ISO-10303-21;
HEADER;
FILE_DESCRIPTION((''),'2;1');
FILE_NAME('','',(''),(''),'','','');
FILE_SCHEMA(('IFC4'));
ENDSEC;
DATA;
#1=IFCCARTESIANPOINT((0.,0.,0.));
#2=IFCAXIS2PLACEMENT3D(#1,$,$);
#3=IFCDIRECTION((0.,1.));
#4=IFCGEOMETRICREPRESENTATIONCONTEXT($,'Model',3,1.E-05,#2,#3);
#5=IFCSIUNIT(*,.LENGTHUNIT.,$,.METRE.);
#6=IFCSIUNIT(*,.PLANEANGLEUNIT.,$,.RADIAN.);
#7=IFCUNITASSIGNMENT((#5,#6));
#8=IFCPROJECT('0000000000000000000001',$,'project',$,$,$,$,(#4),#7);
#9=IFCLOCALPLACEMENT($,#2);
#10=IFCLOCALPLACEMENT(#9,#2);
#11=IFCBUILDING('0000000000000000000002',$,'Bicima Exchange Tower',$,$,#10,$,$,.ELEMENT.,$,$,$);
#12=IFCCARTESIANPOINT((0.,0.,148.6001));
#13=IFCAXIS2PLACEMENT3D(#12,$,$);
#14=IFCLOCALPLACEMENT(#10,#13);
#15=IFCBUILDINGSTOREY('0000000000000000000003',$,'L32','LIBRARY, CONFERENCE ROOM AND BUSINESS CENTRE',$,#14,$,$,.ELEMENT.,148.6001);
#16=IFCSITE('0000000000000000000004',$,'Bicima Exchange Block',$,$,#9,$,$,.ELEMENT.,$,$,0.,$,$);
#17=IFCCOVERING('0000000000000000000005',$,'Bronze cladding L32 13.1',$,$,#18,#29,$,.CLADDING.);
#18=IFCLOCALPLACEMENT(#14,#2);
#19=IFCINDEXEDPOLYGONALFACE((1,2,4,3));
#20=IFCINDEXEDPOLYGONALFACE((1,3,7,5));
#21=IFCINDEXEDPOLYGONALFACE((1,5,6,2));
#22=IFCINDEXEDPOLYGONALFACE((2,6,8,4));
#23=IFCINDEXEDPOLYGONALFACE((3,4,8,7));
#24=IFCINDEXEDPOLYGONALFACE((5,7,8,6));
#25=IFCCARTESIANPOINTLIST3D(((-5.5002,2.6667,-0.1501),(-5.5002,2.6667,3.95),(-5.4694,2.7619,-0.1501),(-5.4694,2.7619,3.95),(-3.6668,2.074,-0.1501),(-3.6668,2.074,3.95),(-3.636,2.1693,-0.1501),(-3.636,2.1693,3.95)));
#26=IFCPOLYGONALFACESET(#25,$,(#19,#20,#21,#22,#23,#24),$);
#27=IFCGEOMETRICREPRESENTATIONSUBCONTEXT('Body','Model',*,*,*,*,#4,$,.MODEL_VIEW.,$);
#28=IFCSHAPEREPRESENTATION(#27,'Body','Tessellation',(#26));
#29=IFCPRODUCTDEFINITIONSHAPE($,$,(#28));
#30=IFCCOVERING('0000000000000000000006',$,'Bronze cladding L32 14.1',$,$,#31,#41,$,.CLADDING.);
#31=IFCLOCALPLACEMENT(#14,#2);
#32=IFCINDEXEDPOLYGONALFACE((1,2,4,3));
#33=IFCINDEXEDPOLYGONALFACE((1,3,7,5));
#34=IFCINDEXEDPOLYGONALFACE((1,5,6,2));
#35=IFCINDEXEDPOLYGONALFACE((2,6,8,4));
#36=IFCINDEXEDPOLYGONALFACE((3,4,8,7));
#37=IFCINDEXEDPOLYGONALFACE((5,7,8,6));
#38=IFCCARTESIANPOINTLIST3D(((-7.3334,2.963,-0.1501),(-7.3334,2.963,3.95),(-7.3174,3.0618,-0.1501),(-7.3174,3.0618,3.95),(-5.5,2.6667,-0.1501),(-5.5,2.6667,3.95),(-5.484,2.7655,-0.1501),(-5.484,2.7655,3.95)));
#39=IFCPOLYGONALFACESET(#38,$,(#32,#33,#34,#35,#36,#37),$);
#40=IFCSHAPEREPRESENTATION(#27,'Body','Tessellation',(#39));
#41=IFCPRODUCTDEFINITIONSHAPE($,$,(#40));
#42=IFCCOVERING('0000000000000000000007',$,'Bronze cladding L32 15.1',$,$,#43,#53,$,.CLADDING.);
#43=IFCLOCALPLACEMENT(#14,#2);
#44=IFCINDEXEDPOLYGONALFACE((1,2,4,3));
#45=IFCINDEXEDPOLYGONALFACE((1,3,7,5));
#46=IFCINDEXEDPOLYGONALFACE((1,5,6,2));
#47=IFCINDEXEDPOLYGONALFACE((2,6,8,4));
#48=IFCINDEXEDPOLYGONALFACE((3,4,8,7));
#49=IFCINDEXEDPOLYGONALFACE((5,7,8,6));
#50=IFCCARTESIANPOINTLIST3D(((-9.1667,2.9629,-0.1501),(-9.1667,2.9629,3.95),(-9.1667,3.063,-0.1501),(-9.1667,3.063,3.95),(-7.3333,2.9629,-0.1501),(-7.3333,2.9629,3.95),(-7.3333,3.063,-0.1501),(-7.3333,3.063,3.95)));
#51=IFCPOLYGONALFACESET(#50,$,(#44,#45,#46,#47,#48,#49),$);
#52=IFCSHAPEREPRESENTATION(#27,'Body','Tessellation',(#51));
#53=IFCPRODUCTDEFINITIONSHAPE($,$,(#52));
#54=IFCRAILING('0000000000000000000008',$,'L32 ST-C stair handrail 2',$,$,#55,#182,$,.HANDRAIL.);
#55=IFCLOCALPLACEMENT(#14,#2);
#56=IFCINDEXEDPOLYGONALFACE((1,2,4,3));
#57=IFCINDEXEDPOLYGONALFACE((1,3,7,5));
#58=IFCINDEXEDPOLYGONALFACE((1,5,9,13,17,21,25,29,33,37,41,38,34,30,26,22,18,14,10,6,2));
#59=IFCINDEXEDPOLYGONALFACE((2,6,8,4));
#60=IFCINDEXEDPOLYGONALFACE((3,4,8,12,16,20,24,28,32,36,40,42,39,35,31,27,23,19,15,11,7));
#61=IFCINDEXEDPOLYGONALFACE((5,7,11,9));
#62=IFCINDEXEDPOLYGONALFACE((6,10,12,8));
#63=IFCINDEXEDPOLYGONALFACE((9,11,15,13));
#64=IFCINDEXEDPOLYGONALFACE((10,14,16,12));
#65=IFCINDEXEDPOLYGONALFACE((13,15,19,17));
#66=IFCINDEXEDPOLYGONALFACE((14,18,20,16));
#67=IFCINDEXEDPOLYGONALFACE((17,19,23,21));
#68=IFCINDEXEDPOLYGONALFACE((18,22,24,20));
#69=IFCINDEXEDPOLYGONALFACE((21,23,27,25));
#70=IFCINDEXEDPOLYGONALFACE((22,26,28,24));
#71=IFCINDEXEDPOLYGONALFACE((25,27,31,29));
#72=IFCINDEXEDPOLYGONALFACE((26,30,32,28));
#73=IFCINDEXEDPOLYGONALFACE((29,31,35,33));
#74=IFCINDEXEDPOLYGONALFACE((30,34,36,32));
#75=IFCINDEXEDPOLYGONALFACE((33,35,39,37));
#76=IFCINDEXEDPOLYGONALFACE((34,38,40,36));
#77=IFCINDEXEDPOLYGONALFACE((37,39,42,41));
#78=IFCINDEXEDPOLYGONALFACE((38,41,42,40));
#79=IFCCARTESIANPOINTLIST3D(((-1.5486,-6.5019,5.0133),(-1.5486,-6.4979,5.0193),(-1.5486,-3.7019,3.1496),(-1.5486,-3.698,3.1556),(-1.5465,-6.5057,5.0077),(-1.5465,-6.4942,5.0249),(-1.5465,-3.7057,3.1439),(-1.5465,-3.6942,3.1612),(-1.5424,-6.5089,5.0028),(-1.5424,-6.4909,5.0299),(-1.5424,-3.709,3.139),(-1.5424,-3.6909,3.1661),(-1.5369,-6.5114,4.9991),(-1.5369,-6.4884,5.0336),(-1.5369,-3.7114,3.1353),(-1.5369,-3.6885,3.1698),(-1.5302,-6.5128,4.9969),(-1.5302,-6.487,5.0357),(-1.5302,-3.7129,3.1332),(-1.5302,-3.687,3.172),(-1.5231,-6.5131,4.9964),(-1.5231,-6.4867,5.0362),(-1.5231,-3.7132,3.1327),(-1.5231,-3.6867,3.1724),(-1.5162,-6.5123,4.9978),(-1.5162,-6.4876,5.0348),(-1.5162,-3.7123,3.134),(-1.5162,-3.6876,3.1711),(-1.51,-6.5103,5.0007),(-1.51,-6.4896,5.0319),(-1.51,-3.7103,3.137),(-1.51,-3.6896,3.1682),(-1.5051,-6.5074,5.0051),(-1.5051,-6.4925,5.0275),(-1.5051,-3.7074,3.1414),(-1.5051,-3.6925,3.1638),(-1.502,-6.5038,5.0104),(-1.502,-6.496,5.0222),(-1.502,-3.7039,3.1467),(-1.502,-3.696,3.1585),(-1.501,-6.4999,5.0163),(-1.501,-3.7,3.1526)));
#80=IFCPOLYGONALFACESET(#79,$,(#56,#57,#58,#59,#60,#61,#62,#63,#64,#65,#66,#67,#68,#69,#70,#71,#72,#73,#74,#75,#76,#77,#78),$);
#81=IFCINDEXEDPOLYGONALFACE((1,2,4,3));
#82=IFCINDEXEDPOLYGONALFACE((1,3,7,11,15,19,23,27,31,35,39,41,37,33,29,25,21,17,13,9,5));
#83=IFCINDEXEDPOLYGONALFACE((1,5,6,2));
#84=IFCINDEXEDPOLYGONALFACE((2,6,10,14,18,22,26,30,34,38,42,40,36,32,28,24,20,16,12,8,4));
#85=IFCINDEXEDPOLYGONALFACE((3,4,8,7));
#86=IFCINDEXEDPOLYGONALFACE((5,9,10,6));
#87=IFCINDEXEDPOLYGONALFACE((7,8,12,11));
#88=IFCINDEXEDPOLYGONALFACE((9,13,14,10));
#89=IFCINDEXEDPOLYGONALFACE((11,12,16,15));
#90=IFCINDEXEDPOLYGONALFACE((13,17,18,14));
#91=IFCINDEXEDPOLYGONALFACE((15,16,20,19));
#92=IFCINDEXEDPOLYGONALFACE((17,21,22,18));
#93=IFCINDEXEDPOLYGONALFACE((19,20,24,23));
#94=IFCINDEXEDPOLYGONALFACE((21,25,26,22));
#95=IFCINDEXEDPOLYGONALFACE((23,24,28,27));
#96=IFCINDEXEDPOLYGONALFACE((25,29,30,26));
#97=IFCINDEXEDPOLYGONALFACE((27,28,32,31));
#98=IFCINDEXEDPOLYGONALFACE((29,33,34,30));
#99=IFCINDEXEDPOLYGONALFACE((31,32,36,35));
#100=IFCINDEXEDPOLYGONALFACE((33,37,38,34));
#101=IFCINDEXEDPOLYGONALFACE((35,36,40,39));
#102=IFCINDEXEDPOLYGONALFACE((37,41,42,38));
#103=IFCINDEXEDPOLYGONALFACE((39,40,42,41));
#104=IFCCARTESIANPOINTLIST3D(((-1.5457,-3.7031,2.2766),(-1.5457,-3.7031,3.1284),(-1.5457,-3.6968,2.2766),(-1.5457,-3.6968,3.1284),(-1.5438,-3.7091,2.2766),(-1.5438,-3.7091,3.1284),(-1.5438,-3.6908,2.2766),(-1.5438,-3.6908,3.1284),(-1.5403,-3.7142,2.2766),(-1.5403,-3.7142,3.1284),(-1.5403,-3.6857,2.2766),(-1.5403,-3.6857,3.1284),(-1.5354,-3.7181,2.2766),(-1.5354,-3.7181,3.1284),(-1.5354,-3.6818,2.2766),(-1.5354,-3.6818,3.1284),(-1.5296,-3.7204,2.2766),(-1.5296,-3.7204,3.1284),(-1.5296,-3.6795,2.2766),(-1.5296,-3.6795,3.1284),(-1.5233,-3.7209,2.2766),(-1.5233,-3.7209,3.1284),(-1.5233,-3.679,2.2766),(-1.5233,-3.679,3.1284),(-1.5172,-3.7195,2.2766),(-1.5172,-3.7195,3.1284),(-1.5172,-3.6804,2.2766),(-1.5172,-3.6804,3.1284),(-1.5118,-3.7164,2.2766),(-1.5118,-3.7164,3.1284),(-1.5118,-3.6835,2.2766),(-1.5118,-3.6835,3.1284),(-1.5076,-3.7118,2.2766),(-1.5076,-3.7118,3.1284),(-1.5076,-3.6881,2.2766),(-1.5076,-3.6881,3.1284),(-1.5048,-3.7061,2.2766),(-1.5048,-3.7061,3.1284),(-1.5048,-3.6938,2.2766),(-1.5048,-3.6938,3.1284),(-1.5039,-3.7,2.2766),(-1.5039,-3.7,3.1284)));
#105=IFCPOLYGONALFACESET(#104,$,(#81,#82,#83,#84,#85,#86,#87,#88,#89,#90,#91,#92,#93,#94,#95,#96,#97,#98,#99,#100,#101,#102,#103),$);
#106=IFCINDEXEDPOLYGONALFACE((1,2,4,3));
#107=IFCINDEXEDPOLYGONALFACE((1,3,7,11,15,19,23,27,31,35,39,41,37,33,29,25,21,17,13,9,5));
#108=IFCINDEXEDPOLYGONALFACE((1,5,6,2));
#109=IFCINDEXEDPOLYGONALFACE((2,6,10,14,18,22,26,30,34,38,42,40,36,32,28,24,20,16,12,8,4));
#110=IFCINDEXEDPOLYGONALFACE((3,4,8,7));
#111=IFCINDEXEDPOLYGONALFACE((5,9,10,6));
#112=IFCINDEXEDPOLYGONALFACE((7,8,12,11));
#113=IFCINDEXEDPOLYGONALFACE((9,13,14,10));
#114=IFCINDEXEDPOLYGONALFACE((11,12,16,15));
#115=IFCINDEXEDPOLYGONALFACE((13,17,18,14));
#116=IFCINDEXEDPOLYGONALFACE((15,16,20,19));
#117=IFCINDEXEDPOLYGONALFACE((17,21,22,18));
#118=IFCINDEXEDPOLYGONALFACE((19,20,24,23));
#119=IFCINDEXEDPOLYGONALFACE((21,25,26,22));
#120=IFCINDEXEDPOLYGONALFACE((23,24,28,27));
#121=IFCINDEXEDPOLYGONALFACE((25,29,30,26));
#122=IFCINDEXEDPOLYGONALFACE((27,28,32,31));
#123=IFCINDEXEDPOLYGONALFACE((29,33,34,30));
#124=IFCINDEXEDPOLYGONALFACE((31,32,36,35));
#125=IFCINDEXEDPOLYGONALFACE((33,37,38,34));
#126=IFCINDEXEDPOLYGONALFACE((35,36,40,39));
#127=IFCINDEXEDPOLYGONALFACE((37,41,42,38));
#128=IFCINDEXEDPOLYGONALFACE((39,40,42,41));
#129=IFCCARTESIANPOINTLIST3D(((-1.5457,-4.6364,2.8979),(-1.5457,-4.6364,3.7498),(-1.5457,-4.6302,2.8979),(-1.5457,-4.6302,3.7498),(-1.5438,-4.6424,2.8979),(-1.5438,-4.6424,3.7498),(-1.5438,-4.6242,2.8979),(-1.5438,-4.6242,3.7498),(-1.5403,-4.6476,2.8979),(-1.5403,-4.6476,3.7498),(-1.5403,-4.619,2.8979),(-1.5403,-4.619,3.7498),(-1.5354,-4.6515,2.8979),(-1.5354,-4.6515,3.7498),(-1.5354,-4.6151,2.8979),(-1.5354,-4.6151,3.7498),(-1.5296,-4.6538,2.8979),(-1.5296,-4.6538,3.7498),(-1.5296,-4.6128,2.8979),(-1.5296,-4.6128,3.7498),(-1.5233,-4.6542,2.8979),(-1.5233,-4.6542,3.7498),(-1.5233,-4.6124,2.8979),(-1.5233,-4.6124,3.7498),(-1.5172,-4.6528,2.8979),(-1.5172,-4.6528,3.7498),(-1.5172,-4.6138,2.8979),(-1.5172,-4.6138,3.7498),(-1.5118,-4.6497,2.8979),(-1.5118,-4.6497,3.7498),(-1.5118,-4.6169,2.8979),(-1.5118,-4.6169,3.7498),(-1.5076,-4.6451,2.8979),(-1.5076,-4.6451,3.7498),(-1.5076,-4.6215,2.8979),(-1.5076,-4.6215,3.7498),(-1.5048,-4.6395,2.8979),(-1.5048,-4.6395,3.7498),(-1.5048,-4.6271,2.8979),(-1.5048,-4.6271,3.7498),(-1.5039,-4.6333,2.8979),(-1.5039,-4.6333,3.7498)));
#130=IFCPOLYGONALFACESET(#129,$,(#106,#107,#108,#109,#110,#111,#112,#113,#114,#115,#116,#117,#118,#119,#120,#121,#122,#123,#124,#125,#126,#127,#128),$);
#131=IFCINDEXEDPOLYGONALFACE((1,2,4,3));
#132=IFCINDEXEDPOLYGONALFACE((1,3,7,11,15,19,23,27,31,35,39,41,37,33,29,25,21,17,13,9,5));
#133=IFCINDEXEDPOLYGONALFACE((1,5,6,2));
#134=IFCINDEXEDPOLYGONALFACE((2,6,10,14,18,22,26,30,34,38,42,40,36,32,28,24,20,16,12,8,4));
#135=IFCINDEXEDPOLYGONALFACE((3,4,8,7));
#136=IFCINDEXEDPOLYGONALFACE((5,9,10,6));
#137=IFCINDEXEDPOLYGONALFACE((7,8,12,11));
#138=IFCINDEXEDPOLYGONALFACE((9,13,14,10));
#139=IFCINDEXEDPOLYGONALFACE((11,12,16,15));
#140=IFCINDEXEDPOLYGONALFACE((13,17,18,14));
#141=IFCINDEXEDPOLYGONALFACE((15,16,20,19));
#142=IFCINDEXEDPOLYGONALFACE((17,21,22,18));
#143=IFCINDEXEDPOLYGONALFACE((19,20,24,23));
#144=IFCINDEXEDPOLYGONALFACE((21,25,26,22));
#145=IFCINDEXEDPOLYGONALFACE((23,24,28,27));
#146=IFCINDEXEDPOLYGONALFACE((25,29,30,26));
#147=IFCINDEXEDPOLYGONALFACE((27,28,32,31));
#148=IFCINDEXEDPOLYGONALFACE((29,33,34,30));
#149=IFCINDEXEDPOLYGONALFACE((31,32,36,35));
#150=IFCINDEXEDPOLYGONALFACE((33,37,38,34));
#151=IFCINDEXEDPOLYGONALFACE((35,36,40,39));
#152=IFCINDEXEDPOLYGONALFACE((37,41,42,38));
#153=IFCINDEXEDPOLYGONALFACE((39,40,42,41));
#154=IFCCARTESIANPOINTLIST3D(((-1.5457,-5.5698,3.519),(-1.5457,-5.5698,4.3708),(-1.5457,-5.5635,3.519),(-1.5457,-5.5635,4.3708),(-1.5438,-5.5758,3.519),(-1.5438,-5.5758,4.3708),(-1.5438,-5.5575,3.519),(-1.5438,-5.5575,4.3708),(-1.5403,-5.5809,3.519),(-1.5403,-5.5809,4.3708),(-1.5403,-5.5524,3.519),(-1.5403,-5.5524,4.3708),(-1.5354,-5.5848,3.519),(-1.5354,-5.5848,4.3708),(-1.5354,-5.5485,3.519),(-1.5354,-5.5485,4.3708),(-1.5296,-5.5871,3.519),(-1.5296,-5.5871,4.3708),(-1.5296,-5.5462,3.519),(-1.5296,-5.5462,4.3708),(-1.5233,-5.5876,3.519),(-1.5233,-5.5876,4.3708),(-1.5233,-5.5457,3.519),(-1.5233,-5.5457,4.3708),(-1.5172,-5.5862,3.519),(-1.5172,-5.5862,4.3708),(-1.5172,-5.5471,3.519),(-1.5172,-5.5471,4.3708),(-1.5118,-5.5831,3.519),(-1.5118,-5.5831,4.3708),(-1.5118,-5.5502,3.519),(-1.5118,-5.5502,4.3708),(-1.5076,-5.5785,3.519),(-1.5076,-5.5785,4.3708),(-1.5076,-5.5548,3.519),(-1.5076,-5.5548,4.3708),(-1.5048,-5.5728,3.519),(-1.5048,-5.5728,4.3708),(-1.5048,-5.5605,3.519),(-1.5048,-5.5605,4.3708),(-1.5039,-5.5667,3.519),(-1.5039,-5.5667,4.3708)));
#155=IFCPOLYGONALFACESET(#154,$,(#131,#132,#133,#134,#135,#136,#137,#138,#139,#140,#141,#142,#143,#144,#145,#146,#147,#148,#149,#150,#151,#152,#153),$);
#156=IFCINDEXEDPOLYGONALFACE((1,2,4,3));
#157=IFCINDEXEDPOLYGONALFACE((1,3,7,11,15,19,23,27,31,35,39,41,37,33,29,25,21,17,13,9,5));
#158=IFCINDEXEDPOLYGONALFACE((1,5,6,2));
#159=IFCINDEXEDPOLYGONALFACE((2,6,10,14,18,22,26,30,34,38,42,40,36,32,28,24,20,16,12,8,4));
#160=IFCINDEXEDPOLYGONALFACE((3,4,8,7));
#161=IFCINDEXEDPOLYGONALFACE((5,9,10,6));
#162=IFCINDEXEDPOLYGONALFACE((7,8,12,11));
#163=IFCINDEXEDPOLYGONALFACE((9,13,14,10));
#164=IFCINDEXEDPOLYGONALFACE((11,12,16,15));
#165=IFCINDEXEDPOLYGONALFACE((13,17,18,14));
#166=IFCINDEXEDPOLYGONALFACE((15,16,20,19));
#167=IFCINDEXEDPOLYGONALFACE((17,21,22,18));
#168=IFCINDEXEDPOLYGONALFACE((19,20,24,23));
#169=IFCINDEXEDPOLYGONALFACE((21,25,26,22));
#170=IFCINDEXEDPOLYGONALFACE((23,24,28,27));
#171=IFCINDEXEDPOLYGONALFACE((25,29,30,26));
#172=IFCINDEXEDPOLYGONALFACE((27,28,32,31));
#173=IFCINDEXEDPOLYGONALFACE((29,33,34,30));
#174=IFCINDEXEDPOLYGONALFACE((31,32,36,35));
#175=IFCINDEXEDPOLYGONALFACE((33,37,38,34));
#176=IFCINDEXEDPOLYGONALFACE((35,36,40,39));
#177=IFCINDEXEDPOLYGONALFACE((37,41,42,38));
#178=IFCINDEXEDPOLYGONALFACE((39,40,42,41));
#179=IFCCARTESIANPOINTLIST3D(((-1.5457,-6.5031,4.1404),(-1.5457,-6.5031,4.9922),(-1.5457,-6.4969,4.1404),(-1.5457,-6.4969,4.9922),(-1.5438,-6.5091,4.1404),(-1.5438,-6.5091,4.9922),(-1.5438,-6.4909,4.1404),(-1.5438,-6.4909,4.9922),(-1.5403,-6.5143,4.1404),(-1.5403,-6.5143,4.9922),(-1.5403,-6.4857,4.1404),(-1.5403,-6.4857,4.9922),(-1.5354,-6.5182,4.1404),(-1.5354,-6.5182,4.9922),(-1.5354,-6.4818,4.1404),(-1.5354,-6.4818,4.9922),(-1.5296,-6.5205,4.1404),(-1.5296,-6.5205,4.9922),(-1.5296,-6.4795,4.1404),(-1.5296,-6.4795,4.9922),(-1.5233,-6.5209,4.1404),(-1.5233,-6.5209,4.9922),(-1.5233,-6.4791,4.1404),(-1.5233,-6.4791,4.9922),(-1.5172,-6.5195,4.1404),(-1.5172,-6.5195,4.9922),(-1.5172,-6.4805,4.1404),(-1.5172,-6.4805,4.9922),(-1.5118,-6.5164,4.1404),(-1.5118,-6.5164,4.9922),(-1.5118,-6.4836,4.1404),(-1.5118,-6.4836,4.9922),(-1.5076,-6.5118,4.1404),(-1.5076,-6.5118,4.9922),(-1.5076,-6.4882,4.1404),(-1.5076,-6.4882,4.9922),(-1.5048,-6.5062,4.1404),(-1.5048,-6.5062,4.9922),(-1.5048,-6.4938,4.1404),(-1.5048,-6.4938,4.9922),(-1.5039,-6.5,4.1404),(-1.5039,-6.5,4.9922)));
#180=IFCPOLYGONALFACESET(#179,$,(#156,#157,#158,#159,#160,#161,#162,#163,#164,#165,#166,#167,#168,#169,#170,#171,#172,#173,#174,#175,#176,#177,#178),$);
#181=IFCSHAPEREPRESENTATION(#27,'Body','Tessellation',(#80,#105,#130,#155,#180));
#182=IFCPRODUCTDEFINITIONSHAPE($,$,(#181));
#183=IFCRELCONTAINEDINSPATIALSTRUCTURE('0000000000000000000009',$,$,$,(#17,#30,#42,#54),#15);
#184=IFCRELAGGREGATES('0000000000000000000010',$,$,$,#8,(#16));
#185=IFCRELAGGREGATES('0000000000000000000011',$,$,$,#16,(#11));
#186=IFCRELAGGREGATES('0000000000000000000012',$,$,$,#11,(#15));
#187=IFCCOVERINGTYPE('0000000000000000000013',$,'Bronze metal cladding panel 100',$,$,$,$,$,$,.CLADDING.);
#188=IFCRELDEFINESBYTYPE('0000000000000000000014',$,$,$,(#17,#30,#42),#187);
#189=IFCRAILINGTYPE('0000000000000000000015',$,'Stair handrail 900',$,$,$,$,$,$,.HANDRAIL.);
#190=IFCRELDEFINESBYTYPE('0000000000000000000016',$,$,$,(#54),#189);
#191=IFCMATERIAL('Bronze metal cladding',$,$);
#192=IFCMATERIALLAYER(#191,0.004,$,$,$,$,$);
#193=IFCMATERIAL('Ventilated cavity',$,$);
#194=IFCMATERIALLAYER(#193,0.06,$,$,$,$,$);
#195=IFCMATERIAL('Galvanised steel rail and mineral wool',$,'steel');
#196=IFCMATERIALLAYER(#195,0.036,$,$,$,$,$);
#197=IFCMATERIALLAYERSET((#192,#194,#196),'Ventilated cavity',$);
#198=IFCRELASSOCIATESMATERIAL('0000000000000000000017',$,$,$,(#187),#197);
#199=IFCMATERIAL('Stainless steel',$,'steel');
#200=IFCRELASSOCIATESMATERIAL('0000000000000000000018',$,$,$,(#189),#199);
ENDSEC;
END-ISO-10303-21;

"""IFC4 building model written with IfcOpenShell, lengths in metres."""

from ifc_helpers import new_model, si_unit, direction, frame, origin, origin_2d, place, context, subcontext, project, spatial, rectangle, circle, extrude, material, layer, layer_set, type_object, element, save


model = new_model("IFC4")

# Units and contexts
model_context = context("Model", 3, precision=1e-05, world=origin(), true_north=direction((0.0, 1.0)))
body_context = subcontext(model_context, "Body", "Model", "MODEL_VIEW")
ifc_project = project(units=[si_unit("LENGTHUNIT", "METRE"), si_unit("PLANEANGLEUNIT", "RADIAN")], contexts=[model_context])

# Site, building, storey
site_placement = place(None, origin())
site = spatial("IfcSite", under=ifc_project, at=site_placement, Name="Bicima Exchange Block", CompositionType="ELEMENT", RefElevation=0.0)
building_placement = place(site_placement, origin())
building = spatial("IfcBuilding", under=site, at=building_placement, Name="Bicima Exchange Tower", CompositionType="ELEMENT")
storey_placement = place(building_placement, frame((0.0, 0.0, 148.6001)))
storey = spatial("IfcBuildingStorey", under=building, at=storey_placement, Name="L32", Description="LIBRARY, CONFERENCE ROOM AND BUSINESS CENTRE", CompositionType="ELEMENT", Elevation=148.6001)

# Coverings
ifc_material_1 = material(Name="Bronze metal cladding")
ifc_layer_1 = layer(ifc_material_1, 0.004)
ifc_material_2 = material(Name="Ventilated cavity")
ifc_layer_2 = layer(ifc_material_2, 0.06)
ifc_material_3 = material(Name="Galvanised steel rail and mineral wool", Category="steel")
ifc_layer_3 = layer(ifc_material_3, 0.036)
ifc_layer_set_1 = layer_set([ifc_layer_1, ifc_layer_2, ifc_layer_3], Name="Ventilated cavity")
covering_type = type_object("IfcCoveringType", Name="Bronze metal cladding panel 100", PredefinedType="CLADDING", material=ifc_layer_set_1)
covering_1_placement = place(storey_placement, frame((-4.5681, 2.418, -0.1501), z_axis=(0.0, 0.0, 1.0), x_axis=(-0.951525, 0.307573, 0.0)))
element("IfcCovering", 1, at=covering_1_placement, inside=storey, type_object=covering_type, Name="Bronze cladding L32 13.1", PredefinedType="CLADDING", context=body_context, shape_type="SweptSolid", body=[
    extrude(rectangle(XDim=1.9268, YDim=0.1001, at=origin_2d()), origin(), (0.0, 0.0, 1.0), 4.1001),
])
covering_2_placement = place(storey_placement, frame((-6.4087, 2.8643, -0.1501), z_axis=(0.0, 0.0, 1.0), x_axis=(-0.98719, 0.15955, 0.0)))
element("IfcCovering", 2, at=covering_2_placement, inside=storey, type_object=covering_type, Name="Bronze cladding L32 14.1", PredefinedType="CLADDING", context=body_context, shape_type="SweptSolid", body=[
    extrude(rectangle(XDim=1.8572, YDim=0.1001, at=origin_2d()), origin(), (0.0, 0.0, 1.0), 4.1001),
])
covering_3_placement = place(storey_placement, frame((-8.25, 3.0129, -0.1501), z_axis=(0.0, 0.0, 1.0), x_axis=(-1.0, 0.0, 0.0)))
element("IfcCovering", 3, at=covering_3_placement, inside=storey, type_object=covering_type, Name="Bronze cladding L32 15.1", PredefinedType="CLADDING", context=body_context, shape_type="SweptSolid", body=[
    extrude(rectangle(XDim=1.8335, YDim=0.1001, at=origin_2d()), origin(), (0.0, 0.0, 1.0), 4.1001),
])

# Railing
ifc_material_4 = material(Name="Stainless steel", Category="steel")
railing_type = type_object("IfcRailingType", Name="Stair handrail 900", PredefinedType="HANDRAIL", material=ifc_material_4)
railing_placement = place(storey_placement, frame((-1.5249, -3.7, 2.2766)))
element("IfcRailing", 4, at=railing_placement, inside=storey, type_object=railing_type, Name="L32 ST-C stair handrail 2", PredefinedType="HANDRAIL", context=body_context, shape_type="SweptSolid", body=[
    extrude(circle(Radius=0.0239, at=origin_2d()), frame((0.0, 0.0, 0.876), z_axis=(0.0, -0.832452, 0.554097), x_axis=(1.0, 0.0, 0.0)), (0.0, 0.0, 1.0), 3.3635),
    extrude(circle(Radius=0.021, at=origin_2d()), origin(), (0.0, 0.0, 1.0), 0.8518),
    extrude(circle(Radius=0.021, at=origin_2d()), frame((0.0, -0.9333, 0.6213)), (0.0, 0.0, 1.0), 0.8518),
    extrude(circle(Radius=0.021, at=origin_2d()), frame((0.0, -1.8667, 1.2424)), (0.0, 0.0, 1.0), 0.8518),
    extrude(circle(Radius=0.021, at=origin_2d()), frame((0.0, -2.8, 1.8638)), (0.0, 0.0, 1.0), 0.8518),
])

save(model, "model.ifc")
